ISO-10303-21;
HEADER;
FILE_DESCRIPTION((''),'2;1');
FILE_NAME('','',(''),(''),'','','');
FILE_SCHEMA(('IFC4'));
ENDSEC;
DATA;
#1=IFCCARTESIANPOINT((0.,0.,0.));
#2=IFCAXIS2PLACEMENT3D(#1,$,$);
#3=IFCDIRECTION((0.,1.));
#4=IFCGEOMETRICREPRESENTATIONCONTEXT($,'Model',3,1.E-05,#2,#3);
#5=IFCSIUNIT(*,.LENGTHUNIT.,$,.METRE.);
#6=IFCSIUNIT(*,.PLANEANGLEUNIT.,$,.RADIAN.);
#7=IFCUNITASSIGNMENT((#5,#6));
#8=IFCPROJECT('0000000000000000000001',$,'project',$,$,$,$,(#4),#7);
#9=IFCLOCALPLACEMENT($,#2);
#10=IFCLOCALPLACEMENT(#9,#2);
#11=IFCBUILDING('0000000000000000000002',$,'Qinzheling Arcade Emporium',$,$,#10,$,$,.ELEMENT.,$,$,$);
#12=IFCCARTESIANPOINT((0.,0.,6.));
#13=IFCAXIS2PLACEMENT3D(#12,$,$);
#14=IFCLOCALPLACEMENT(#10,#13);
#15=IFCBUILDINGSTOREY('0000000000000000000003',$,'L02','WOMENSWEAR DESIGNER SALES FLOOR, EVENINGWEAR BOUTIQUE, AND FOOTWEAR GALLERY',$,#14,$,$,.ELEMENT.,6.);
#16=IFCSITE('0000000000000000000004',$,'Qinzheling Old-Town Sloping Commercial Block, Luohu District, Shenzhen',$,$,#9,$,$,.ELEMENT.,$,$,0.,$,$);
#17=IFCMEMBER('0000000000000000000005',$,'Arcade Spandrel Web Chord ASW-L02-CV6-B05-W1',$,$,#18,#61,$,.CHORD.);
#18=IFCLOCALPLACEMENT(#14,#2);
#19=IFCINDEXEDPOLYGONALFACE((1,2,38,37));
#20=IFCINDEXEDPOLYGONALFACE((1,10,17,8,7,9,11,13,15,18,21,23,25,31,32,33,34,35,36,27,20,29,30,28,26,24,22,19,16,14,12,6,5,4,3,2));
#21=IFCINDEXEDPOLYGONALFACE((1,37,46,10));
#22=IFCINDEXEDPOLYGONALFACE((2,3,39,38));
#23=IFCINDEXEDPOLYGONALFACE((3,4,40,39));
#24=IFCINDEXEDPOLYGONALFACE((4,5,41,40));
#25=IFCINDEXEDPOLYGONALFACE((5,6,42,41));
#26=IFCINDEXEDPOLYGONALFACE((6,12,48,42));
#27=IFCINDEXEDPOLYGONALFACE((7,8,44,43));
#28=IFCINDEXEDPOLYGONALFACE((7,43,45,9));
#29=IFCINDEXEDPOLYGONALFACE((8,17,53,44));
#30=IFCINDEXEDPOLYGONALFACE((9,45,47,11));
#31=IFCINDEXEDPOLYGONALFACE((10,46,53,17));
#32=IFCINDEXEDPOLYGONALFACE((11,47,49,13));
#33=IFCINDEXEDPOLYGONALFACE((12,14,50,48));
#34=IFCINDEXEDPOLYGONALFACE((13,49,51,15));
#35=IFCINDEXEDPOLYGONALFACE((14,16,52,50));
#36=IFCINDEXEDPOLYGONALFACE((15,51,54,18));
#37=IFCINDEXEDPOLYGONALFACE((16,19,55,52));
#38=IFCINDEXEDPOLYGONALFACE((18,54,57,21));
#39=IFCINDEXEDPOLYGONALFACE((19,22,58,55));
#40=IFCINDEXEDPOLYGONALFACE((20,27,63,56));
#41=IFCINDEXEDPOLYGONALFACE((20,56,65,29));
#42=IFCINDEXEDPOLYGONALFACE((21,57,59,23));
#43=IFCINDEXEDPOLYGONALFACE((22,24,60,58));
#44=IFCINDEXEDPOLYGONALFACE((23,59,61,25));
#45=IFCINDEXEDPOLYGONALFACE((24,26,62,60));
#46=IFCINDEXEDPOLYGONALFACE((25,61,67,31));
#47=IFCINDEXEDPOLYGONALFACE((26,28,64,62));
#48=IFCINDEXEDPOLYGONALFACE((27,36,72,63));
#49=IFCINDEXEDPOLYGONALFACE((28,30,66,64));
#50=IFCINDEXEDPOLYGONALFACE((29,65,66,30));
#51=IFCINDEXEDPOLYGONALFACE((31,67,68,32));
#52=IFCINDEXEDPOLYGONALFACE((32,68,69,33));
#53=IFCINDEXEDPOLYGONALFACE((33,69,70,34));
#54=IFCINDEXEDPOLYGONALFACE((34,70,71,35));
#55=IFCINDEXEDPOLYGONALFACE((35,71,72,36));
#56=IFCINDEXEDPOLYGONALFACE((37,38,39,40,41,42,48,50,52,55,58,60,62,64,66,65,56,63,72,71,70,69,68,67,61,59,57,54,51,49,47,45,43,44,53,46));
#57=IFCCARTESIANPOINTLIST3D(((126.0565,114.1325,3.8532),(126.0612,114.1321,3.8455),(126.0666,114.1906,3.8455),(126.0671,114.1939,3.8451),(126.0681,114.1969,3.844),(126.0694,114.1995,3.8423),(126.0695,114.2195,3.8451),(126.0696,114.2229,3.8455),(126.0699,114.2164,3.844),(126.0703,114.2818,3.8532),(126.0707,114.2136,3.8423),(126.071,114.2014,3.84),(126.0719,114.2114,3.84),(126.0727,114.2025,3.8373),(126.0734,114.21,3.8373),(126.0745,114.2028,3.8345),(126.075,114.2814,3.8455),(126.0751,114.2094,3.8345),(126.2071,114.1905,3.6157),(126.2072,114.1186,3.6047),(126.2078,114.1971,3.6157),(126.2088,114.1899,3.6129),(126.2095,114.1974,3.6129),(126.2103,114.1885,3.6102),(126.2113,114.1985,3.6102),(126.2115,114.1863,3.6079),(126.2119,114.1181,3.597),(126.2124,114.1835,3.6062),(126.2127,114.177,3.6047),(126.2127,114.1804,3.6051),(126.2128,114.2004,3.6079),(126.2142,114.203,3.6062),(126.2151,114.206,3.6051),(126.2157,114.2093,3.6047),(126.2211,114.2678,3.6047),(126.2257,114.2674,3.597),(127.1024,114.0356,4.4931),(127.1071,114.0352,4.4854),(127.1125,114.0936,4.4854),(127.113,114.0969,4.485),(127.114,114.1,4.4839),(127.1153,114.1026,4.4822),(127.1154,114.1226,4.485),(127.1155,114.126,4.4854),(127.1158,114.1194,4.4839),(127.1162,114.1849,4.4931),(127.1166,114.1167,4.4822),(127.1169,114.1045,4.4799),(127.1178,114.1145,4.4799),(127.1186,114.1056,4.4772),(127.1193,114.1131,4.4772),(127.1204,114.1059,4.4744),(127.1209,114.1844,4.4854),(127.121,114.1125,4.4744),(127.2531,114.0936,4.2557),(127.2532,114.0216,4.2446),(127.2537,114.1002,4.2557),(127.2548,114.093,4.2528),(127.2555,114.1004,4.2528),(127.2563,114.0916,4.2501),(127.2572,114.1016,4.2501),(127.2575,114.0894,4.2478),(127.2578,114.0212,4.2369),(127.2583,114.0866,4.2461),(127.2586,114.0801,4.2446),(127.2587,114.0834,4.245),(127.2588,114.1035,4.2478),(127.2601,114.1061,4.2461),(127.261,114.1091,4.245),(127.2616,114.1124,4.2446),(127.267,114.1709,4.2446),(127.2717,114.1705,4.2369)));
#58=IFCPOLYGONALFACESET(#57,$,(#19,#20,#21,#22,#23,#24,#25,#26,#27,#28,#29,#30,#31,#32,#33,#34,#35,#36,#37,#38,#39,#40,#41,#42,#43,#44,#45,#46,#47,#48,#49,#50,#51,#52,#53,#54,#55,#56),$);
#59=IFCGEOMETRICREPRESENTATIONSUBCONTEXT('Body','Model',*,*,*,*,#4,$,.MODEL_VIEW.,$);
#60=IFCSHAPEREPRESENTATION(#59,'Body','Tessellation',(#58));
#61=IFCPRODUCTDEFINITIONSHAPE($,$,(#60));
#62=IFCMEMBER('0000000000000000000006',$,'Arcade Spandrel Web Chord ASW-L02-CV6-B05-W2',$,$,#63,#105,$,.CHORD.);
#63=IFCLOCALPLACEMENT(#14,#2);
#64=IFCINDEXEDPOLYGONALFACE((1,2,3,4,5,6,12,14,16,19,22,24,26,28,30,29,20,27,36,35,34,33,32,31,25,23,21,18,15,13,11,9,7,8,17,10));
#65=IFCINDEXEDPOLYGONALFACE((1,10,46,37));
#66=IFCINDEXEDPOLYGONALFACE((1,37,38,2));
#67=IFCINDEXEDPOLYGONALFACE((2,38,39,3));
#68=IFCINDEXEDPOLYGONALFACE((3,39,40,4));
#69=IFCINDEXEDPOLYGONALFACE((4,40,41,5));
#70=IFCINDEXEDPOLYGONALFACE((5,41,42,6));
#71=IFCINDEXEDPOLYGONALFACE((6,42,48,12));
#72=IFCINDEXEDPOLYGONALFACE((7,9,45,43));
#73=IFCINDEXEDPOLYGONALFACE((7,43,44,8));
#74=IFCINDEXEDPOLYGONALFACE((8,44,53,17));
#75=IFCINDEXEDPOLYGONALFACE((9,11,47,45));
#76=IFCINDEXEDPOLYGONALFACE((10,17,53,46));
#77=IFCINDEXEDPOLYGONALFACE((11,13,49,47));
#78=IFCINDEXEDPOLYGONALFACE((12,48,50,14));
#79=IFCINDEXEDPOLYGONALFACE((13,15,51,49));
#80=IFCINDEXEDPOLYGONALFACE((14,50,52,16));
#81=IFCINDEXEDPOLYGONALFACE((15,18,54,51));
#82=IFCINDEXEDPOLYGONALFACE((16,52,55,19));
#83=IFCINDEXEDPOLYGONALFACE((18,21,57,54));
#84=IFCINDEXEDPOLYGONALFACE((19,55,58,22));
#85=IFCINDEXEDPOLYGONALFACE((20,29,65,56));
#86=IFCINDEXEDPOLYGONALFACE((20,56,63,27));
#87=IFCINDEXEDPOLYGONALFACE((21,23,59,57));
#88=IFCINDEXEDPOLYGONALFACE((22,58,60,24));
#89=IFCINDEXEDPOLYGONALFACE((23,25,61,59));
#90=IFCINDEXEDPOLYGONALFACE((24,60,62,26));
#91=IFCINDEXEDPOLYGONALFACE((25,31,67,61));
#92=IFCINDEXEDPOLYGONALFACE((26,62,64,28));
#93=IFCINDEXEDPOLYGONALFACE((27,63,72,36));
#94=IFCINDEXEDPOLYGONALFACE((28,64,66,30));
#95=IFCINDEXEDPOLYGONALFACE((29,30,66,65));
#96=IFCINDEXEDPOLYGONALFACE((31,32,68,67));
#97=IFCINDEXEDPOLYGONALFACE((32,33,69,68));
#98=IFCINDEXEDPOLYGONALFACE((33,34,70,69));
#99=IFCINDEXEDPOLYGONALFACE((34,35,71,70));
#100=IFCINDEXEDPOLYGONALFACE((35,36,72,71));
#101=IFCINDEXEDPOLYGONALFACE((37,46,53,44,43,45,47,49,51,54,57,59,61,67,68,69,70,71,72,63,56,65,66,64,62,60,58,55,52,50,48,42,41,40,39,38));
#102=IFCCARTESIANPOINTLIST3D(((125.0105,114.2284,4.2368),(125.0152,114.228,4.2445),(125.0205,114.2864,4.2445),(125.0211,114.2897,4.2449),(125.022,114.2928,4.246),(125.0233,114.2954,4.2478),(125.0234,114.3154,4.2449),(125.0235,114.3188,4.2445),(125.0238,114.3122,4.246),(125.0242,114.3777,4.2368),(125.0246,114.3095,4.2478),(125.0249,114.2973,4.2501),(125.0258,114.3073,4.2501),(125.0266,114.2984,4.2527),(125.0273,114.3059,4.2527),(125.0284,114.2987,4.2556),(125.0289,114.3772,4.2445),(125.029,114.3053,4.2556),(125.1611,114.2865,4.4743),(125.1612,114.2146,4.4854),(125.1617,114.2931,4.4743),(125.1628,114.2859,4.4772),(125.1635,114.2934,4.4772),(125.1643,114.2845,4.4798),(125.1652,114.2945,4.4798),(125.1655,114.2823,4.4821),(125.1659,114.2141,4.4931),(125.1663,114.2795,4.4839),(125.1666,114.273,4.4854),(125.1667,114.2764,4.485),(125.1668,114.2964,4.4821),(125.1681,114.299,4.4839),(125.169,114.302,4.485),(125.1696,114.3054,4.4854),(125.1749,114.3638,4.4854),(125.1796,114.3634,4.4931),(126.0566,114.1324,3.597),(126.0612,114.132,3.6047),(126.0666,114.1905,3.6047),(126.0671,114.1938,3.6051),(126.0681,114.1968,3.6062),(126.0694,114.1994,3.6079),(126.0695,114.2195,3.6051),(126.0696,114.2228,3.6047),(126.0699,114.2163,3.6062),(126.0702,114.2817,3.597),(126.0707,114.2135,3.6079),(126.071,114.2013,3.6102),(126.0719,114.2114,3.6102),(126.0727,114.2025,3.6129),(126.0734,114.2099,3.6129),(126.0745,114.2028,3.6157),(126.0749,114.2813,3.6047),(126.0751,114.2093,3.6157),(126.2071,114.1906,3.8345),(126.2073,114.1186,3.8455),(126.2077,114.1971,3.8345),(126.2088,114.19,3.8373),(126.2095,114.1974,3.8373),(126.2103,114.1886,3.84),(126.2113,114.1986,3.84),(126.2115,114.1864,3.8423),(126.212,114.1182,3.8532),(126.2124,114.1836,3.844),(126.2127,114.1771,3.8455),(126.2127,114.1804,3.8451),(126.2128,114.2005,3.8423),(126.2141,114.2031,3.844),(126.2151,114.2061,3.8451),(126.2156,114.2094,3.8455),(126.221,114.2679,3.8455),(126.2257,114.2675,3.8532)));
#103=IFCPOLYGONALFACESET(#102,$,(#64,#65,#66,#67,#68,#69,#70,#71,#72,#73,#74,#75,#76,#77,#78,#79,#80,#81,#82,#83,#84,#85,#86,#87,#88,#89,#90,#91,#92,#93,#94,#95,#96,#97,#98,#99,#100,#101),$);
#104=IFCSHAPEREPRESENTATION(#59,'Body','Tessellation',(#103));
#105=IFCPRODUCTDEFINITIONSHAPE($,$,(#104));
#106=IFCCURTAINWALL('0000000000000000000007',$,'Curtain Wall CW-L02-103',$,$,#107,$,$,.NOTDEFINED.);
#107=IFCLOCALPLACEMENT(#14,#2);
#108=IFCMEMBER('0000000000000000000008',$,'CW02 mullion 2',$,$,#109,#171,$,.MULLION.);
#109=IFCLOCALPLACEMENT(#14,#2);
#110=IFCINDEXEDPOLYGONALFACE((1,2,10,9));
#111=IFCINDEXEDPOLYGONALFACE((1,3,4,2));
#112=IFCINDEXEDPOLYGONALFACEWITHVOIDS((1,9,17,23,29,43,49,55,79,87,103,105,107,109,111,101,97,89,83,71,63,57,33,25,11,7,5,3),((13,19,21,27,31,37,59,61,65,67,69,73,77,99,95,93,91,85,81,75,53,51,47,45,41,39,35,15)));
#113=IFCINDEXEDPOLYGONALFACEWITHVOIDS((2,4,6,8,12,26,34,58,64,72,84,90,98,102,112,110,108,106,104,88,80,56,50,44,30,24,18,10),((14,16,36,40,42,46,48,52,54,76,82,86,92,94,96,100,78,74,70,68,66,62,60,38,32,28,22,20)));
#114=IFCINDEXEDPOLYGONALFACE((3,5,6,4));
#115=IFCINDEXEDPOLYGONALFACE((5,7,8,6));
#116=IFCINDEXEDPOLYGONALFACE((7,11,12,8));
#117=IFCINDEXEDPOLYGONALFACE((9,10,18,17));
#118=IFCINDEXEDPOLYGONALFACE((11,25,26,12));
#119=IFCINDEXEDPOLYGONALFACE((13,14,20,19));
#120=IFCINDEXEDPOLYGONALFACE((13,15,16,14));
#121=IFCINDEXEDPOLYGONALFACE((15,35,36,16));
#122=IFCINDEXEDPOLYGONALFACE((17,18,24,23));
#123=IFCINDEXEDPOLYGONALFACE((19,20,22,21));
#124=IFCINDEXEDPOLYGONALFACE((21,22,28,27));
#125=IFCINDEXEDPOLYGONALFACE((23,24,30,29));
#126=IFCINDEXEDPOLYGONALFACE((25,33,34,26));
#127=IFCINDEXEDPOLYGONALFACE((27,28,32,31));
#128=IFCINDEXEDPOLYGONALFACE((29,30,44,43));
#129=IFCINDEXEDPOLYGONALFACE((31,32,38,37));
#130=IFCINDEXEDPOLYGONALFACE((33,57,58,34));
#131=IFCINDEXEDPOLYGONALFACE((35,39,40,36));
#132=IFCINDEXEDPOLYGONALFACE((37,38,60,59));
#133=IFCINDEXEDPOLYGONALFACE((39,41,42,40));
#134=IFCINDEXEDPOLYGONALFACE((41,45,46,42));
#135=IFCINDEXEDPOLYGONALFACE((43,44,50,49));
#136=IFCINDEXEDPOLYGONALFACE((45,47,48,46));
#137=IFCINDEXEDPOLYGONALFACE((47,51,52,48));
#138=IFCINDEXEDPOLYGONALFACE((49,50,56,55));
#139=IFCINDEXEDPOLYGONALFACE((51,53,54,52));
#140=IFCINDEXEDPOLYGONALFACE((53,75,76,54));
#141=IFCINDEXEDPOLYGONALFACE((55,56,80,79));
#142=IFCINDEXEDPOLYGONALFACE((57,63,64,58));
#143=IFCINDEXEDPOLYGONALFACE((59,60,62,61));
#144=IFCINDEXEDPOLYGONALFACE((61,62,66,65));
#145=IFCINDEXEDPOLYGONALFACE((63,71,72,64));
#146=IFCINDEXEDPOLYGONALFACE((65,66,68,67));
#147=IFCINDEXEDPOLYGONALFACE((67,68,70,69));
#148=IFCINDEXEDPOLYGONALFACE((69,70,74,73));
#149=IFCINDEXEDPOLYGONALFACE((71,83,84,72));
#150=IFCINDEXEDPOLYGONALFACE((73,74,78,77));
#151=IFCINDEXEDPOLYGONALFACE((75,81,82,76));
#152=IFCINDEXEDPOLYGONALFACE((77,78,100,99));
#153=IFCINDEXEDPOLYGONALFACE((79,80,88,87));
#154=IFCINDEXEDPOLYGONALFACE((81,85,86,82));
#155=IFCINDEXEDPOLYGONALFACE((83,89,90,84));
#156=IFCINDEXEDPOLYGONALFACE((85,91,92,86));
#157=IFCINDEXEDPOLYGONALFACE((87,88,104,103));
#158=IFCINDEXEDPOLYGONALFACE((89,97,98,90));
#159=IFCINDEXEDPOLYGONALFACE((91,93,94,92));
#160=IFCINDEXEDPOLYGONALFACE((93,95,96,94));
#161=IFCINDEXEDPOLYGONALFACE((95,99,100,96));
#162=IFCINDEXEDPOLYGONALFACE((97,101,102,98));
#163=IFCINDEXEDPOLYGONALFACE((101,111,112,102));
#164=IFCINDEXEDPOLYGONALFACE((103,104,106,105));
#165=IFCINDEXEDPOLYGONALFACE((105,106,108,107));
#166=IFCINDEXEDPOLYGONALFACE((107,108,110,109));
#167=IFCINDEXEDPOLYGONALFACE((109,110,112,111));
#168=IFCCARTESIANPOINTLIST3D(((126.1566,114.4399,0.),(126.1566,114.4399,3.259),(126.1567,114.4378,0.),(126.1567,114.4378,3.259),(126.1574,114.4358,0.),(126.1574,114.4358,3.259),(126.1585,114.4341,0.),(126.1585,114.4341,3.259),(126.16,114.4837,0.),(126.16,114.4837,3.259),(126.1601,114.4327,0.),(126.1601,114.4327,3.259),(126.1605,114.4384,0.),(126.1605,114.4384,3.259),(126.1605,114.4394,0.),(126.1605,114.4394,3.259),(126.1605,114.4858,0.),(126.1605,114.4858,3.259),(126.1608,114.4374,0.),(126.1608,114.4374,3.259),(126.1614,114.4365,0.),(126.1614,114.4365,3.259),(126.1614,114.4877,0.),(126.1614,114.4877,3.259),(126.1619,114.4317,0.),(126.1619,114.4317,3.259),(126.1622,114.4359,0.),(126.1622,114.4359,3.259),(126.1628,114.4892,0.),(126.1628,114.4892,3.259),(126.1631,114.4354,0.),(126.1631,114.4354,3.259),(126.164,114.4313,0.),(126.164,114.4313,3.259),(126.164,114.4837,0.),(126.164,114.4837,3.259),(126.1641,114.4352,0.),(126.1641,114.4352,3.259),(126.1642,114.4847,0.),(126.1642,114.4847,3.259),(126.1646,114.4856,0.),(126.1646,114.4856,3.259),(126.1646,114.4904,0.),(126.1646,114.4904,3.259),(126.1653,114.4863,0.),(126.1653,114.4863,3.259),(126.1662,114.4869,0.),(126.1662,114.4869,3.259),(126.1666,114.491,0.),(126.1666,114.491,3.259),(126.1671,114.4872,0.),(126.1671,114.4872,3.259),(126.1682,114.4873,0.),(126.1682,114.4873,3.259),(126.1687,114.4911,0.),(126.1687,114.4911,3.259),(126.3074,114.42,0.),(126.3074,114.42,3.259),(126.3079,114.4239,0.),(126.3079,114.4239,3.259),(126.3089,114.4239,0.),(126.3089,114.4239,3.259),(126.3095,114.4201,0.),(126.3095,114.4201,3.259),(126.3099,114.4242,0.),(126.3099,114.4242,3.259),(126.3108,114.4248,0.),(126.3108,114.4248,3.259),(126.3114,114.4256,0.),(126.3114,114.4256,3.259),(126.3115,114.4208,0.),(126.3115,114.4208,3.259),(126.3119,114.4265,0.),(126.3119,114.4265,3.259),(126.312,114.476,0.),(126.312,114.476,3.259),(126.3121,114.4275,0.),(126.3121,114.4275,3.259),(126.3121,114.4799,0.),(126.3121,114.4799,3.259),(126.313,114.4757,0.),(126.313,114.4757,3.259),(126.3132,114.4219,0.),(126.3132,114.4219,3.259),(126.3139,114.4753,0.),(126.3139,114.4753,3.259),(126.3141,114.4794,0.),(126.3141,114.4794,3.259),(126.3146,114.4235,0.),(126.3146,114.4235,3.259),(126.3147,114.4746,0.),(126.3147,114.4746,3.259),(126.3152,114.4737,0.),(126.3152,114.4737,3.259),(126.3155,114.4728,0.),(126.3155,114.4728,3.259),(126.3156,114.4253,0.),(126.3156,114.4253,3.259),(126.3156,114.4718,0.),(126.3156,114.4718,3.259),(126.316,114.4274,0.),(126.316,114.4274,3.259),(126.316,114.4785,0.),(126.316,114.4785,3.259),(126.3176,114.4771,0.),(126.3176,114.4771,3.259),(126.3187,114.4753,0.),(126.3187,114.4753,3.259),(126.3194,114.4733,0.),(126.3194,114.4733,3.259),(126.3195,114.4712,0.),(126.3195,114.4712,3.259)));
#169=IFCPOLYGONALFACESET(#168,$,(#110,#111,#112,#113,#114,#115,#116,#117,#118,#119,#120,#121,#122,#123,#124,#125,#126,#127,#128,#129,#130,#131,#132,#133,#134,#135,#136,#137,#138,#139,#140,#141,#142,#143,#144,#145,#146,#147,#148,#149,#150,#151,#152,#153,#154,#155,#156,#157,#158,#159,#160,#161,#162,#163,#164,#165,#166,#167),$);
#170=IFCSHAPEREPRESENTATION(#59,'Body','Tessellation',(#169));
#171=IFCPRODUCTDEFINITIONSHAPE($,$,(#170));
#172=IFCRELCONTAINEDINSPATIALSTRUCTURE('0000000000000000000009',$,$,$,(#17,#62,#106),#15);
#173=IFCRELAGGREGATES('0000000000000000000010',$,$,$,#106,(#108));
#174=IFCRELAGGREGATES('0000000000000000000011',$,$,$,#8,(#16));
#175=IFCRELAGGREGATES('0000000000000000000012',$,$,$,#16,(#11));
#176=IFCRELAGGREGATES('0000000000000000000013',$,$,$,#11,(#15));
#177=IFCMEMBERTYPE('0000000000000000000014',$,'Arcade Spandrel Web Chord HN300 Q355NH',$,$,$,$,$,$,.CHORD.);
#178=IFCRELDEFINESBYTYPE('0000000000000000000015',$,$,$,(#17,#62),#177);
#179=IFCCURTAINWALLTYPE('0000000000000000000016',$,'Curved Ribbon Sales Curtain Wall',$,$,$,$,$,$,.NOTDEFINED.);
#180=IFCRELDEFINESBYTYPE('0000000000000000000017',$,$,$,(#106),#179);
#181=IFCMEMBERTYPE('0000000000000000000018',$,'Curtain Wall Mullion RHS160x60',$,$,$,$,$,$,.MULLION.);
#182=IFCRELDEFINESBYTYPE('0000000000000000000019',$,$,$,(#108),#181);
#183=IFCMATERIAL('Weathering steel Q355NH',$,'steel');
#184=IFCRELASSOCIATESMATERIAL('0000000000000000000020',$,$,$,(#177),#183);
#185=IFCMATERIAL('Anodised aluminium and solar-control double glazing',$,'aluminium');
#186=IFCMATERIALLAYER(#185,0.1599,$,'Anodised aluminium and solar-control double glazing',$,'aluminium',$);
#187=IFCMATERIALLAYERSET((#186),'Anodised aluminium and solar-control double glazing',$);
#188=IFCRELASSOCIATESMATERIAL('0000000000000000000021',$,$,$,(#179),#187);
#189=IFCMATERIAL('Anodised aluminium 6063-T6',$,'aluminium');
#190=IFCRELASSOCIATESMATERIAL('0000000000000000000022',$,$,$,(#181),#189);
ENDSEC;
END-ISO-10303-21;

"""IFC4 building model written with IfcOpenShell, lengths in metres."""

from ifc_helpers import new_model, si_unit, direction, frame, origin, origin_2d, place, context, subcontext, project, spatial, hollow_rectangle, i_section, extrude, material, layer, layer_set, material_profile, profile_set, type_object, element, aggregate, save


model = new_model("IFC4")

# Units and contexts
model_context = context("Model", 3, precision=1e-05, world=origin(), true_north=direction((0.0, 1.0)))
body_context = subcontext(model_context, "Body", "Model", "MODEL_VIEW")
ifc_project = project(units=[si_unit("LENGTHUNIT", "METRE"), si_unit("PLANEANGLEUNIT", "RADIAN")], contexts=[model_context])

# Site, building, storey
site_placement = place(None, origin())
site = spatial("IfcSite", under=ifc_project, at=site_placement, Name="Qinzheling Old-Town Sloping Commercial Block, Luohu District, Shenzhen", CompositionType="ELEMENT", RefElevation=0.0)
building_placement = place(site_placement, origin())
building = spatial("IfcBuilding", under=site, at=building_placement, Name="Qinzheling Arcade Emporium", CompositionType="ELEMENT")
storey_placement = place(building_placement, frame((0.0, 0.0, 6.0)))
storey = spatial("IfcBuildingStorey", under=building, at=storey_placement, Name="L02", Description="WOMENSWEAR DESIGNER SALES FLOOR, EVENINGWEAR BOUTIQUE, AND FOOTWEAR GALLERY", CompositionType="ELEMENT", Elevation=6.0)

# Shared definitions
ifc_material_1 = material(Name="Weathering steel Q355NH", Category="steel")

# Members
ifc_material_profile_1 = material_profile(ifc_material_1, i_section(OverallWidth=0.1499, OverallDepth=0.3, WebThickness=0.0066, FlangeThickness=0.009, FilletRadius=0.0129, at=origin_2d()), Name="HN 300x150x6.5x9", Category="steel")
ifc_profile_set_1 = profile_set([ifc_material_profile_1], Name="Weathering steel Q355NH")
member_type_1 = type_object("IfcMemberType", Name="Arcade Spandrel Web Chord HN300 Q355NH", PredefinedType="CHORD", material=ifc_profile_set_1)
for number, where, z_axis, x_axis, name in (
    (1, (126.1411, 114.2, 3.7251), (0.850363, -0.078803, 0.520262), (0.092275, 0.995734, 0.0), "Arcade Spandrel Web Chord ASW-L02-CV6-B05-W1"),
    (2, (126.1411, 114.2, 3.7251), (-0.850471, 0.078001, 0.520206), (-0.091332, -0.995821, 0.0), "Arcade Spandrel Web Chord ASW-L02-CV6-B05-W2"),
):
    element("IfcMember", number, at=place(storey_placement, frame(where, z_axis=z_axis, x_axis=x_axis)), inside=storey, type_object=member_type_1, Name=name, PredefinedType="CHORD", context=body_context, shape_type="SweptSolid", body=[
        extrude(i_section(OverallWidth=0.1499, OverallDepth=0.3, WebThickness=0.0066, FlangeThickness=0.009, FilletRadius=0.0129, at=origin_2d()), origin(), (0.0, 0.0, 1.0), 1.23),
    ])

# Curtain wall, member
ifc_material_2 = material(Name="Anodised aluminium and solar-control double glazing", Category="aluminium")
ifc_layer_1 = layer(ifc_material_2, 0.1599, Name="Anodised aluminium and solar-control double glazing", Category="aluminium")
ifc_layer_set_1 = layer_set([ifc_layer_1], Name="Anodised aluminium and solar-control double glazing")
curtain_wall_type = type_object("IfcCurtainWallType", Name="Curved Ribbon Sales Curtain Wall", PredefinedType="NOTDEFINED", material=ifc_layer_set_1)
curtain_wall_placement = place(storey_placement, origin())
curtain_wall = element("IfcCurtainWall", 3, at=curtain_wall_placement, inside=storey, type_object=curtain_wall_type, Name="Curtain Wall CW-L02-103", PredefinedType="NOTDEFINED")
ifc_material_3 = material(Name="Anodised aluminium 6063-T6", Category="aluminium")
ifc_material_profile_2 = material_profile(ifc_material_3, hollow_rectangle(XDim=0.0601, YDim=0.1599, WallThickness=0.0039, InnerFilletRadius=0.0039, OuterFilletRadius=0.0081, at=origin_2d()), Name="RHS 160x60x4", Category="aluminium")
ifc_profile_set_2 = profile_set([ifc_material_profile_2], Name="Anodised aluminium 6063-T6")
member_type_2 = type_object("IfcMemberType", Name="Curtain Wall Mullion RHS160x60", PredefinedType="MULLION", material=ifc_profile_set_2)
member_1_placement = place(storey_placement, frame((126.238, 114.4556, 0.0), z_axis=(0.0, 0.0, 1.0), x_axis=(0.078376, 0.996924, 0.0)))
member_1 = element("IfcMember", 4, at=member_1_placement, type_object=member_type_2, Name="CW02 mullion 2", PredefinedType="MULLION", context=body_context, shape_type="SweptSolid", body=[
    extrude(hollow_rectangle(XDim=0.0601, YDim=0.1599, WallThickness=0.0039, InnerFilletRadius=0.0039, OuterFilletRadius=0.0081, at=origin_2d()), origin(), (0.0, 0.0, 1.0), 3.259),
])

aggregate(curtain_wall, [member_1])

save(model, "model.ifc")
